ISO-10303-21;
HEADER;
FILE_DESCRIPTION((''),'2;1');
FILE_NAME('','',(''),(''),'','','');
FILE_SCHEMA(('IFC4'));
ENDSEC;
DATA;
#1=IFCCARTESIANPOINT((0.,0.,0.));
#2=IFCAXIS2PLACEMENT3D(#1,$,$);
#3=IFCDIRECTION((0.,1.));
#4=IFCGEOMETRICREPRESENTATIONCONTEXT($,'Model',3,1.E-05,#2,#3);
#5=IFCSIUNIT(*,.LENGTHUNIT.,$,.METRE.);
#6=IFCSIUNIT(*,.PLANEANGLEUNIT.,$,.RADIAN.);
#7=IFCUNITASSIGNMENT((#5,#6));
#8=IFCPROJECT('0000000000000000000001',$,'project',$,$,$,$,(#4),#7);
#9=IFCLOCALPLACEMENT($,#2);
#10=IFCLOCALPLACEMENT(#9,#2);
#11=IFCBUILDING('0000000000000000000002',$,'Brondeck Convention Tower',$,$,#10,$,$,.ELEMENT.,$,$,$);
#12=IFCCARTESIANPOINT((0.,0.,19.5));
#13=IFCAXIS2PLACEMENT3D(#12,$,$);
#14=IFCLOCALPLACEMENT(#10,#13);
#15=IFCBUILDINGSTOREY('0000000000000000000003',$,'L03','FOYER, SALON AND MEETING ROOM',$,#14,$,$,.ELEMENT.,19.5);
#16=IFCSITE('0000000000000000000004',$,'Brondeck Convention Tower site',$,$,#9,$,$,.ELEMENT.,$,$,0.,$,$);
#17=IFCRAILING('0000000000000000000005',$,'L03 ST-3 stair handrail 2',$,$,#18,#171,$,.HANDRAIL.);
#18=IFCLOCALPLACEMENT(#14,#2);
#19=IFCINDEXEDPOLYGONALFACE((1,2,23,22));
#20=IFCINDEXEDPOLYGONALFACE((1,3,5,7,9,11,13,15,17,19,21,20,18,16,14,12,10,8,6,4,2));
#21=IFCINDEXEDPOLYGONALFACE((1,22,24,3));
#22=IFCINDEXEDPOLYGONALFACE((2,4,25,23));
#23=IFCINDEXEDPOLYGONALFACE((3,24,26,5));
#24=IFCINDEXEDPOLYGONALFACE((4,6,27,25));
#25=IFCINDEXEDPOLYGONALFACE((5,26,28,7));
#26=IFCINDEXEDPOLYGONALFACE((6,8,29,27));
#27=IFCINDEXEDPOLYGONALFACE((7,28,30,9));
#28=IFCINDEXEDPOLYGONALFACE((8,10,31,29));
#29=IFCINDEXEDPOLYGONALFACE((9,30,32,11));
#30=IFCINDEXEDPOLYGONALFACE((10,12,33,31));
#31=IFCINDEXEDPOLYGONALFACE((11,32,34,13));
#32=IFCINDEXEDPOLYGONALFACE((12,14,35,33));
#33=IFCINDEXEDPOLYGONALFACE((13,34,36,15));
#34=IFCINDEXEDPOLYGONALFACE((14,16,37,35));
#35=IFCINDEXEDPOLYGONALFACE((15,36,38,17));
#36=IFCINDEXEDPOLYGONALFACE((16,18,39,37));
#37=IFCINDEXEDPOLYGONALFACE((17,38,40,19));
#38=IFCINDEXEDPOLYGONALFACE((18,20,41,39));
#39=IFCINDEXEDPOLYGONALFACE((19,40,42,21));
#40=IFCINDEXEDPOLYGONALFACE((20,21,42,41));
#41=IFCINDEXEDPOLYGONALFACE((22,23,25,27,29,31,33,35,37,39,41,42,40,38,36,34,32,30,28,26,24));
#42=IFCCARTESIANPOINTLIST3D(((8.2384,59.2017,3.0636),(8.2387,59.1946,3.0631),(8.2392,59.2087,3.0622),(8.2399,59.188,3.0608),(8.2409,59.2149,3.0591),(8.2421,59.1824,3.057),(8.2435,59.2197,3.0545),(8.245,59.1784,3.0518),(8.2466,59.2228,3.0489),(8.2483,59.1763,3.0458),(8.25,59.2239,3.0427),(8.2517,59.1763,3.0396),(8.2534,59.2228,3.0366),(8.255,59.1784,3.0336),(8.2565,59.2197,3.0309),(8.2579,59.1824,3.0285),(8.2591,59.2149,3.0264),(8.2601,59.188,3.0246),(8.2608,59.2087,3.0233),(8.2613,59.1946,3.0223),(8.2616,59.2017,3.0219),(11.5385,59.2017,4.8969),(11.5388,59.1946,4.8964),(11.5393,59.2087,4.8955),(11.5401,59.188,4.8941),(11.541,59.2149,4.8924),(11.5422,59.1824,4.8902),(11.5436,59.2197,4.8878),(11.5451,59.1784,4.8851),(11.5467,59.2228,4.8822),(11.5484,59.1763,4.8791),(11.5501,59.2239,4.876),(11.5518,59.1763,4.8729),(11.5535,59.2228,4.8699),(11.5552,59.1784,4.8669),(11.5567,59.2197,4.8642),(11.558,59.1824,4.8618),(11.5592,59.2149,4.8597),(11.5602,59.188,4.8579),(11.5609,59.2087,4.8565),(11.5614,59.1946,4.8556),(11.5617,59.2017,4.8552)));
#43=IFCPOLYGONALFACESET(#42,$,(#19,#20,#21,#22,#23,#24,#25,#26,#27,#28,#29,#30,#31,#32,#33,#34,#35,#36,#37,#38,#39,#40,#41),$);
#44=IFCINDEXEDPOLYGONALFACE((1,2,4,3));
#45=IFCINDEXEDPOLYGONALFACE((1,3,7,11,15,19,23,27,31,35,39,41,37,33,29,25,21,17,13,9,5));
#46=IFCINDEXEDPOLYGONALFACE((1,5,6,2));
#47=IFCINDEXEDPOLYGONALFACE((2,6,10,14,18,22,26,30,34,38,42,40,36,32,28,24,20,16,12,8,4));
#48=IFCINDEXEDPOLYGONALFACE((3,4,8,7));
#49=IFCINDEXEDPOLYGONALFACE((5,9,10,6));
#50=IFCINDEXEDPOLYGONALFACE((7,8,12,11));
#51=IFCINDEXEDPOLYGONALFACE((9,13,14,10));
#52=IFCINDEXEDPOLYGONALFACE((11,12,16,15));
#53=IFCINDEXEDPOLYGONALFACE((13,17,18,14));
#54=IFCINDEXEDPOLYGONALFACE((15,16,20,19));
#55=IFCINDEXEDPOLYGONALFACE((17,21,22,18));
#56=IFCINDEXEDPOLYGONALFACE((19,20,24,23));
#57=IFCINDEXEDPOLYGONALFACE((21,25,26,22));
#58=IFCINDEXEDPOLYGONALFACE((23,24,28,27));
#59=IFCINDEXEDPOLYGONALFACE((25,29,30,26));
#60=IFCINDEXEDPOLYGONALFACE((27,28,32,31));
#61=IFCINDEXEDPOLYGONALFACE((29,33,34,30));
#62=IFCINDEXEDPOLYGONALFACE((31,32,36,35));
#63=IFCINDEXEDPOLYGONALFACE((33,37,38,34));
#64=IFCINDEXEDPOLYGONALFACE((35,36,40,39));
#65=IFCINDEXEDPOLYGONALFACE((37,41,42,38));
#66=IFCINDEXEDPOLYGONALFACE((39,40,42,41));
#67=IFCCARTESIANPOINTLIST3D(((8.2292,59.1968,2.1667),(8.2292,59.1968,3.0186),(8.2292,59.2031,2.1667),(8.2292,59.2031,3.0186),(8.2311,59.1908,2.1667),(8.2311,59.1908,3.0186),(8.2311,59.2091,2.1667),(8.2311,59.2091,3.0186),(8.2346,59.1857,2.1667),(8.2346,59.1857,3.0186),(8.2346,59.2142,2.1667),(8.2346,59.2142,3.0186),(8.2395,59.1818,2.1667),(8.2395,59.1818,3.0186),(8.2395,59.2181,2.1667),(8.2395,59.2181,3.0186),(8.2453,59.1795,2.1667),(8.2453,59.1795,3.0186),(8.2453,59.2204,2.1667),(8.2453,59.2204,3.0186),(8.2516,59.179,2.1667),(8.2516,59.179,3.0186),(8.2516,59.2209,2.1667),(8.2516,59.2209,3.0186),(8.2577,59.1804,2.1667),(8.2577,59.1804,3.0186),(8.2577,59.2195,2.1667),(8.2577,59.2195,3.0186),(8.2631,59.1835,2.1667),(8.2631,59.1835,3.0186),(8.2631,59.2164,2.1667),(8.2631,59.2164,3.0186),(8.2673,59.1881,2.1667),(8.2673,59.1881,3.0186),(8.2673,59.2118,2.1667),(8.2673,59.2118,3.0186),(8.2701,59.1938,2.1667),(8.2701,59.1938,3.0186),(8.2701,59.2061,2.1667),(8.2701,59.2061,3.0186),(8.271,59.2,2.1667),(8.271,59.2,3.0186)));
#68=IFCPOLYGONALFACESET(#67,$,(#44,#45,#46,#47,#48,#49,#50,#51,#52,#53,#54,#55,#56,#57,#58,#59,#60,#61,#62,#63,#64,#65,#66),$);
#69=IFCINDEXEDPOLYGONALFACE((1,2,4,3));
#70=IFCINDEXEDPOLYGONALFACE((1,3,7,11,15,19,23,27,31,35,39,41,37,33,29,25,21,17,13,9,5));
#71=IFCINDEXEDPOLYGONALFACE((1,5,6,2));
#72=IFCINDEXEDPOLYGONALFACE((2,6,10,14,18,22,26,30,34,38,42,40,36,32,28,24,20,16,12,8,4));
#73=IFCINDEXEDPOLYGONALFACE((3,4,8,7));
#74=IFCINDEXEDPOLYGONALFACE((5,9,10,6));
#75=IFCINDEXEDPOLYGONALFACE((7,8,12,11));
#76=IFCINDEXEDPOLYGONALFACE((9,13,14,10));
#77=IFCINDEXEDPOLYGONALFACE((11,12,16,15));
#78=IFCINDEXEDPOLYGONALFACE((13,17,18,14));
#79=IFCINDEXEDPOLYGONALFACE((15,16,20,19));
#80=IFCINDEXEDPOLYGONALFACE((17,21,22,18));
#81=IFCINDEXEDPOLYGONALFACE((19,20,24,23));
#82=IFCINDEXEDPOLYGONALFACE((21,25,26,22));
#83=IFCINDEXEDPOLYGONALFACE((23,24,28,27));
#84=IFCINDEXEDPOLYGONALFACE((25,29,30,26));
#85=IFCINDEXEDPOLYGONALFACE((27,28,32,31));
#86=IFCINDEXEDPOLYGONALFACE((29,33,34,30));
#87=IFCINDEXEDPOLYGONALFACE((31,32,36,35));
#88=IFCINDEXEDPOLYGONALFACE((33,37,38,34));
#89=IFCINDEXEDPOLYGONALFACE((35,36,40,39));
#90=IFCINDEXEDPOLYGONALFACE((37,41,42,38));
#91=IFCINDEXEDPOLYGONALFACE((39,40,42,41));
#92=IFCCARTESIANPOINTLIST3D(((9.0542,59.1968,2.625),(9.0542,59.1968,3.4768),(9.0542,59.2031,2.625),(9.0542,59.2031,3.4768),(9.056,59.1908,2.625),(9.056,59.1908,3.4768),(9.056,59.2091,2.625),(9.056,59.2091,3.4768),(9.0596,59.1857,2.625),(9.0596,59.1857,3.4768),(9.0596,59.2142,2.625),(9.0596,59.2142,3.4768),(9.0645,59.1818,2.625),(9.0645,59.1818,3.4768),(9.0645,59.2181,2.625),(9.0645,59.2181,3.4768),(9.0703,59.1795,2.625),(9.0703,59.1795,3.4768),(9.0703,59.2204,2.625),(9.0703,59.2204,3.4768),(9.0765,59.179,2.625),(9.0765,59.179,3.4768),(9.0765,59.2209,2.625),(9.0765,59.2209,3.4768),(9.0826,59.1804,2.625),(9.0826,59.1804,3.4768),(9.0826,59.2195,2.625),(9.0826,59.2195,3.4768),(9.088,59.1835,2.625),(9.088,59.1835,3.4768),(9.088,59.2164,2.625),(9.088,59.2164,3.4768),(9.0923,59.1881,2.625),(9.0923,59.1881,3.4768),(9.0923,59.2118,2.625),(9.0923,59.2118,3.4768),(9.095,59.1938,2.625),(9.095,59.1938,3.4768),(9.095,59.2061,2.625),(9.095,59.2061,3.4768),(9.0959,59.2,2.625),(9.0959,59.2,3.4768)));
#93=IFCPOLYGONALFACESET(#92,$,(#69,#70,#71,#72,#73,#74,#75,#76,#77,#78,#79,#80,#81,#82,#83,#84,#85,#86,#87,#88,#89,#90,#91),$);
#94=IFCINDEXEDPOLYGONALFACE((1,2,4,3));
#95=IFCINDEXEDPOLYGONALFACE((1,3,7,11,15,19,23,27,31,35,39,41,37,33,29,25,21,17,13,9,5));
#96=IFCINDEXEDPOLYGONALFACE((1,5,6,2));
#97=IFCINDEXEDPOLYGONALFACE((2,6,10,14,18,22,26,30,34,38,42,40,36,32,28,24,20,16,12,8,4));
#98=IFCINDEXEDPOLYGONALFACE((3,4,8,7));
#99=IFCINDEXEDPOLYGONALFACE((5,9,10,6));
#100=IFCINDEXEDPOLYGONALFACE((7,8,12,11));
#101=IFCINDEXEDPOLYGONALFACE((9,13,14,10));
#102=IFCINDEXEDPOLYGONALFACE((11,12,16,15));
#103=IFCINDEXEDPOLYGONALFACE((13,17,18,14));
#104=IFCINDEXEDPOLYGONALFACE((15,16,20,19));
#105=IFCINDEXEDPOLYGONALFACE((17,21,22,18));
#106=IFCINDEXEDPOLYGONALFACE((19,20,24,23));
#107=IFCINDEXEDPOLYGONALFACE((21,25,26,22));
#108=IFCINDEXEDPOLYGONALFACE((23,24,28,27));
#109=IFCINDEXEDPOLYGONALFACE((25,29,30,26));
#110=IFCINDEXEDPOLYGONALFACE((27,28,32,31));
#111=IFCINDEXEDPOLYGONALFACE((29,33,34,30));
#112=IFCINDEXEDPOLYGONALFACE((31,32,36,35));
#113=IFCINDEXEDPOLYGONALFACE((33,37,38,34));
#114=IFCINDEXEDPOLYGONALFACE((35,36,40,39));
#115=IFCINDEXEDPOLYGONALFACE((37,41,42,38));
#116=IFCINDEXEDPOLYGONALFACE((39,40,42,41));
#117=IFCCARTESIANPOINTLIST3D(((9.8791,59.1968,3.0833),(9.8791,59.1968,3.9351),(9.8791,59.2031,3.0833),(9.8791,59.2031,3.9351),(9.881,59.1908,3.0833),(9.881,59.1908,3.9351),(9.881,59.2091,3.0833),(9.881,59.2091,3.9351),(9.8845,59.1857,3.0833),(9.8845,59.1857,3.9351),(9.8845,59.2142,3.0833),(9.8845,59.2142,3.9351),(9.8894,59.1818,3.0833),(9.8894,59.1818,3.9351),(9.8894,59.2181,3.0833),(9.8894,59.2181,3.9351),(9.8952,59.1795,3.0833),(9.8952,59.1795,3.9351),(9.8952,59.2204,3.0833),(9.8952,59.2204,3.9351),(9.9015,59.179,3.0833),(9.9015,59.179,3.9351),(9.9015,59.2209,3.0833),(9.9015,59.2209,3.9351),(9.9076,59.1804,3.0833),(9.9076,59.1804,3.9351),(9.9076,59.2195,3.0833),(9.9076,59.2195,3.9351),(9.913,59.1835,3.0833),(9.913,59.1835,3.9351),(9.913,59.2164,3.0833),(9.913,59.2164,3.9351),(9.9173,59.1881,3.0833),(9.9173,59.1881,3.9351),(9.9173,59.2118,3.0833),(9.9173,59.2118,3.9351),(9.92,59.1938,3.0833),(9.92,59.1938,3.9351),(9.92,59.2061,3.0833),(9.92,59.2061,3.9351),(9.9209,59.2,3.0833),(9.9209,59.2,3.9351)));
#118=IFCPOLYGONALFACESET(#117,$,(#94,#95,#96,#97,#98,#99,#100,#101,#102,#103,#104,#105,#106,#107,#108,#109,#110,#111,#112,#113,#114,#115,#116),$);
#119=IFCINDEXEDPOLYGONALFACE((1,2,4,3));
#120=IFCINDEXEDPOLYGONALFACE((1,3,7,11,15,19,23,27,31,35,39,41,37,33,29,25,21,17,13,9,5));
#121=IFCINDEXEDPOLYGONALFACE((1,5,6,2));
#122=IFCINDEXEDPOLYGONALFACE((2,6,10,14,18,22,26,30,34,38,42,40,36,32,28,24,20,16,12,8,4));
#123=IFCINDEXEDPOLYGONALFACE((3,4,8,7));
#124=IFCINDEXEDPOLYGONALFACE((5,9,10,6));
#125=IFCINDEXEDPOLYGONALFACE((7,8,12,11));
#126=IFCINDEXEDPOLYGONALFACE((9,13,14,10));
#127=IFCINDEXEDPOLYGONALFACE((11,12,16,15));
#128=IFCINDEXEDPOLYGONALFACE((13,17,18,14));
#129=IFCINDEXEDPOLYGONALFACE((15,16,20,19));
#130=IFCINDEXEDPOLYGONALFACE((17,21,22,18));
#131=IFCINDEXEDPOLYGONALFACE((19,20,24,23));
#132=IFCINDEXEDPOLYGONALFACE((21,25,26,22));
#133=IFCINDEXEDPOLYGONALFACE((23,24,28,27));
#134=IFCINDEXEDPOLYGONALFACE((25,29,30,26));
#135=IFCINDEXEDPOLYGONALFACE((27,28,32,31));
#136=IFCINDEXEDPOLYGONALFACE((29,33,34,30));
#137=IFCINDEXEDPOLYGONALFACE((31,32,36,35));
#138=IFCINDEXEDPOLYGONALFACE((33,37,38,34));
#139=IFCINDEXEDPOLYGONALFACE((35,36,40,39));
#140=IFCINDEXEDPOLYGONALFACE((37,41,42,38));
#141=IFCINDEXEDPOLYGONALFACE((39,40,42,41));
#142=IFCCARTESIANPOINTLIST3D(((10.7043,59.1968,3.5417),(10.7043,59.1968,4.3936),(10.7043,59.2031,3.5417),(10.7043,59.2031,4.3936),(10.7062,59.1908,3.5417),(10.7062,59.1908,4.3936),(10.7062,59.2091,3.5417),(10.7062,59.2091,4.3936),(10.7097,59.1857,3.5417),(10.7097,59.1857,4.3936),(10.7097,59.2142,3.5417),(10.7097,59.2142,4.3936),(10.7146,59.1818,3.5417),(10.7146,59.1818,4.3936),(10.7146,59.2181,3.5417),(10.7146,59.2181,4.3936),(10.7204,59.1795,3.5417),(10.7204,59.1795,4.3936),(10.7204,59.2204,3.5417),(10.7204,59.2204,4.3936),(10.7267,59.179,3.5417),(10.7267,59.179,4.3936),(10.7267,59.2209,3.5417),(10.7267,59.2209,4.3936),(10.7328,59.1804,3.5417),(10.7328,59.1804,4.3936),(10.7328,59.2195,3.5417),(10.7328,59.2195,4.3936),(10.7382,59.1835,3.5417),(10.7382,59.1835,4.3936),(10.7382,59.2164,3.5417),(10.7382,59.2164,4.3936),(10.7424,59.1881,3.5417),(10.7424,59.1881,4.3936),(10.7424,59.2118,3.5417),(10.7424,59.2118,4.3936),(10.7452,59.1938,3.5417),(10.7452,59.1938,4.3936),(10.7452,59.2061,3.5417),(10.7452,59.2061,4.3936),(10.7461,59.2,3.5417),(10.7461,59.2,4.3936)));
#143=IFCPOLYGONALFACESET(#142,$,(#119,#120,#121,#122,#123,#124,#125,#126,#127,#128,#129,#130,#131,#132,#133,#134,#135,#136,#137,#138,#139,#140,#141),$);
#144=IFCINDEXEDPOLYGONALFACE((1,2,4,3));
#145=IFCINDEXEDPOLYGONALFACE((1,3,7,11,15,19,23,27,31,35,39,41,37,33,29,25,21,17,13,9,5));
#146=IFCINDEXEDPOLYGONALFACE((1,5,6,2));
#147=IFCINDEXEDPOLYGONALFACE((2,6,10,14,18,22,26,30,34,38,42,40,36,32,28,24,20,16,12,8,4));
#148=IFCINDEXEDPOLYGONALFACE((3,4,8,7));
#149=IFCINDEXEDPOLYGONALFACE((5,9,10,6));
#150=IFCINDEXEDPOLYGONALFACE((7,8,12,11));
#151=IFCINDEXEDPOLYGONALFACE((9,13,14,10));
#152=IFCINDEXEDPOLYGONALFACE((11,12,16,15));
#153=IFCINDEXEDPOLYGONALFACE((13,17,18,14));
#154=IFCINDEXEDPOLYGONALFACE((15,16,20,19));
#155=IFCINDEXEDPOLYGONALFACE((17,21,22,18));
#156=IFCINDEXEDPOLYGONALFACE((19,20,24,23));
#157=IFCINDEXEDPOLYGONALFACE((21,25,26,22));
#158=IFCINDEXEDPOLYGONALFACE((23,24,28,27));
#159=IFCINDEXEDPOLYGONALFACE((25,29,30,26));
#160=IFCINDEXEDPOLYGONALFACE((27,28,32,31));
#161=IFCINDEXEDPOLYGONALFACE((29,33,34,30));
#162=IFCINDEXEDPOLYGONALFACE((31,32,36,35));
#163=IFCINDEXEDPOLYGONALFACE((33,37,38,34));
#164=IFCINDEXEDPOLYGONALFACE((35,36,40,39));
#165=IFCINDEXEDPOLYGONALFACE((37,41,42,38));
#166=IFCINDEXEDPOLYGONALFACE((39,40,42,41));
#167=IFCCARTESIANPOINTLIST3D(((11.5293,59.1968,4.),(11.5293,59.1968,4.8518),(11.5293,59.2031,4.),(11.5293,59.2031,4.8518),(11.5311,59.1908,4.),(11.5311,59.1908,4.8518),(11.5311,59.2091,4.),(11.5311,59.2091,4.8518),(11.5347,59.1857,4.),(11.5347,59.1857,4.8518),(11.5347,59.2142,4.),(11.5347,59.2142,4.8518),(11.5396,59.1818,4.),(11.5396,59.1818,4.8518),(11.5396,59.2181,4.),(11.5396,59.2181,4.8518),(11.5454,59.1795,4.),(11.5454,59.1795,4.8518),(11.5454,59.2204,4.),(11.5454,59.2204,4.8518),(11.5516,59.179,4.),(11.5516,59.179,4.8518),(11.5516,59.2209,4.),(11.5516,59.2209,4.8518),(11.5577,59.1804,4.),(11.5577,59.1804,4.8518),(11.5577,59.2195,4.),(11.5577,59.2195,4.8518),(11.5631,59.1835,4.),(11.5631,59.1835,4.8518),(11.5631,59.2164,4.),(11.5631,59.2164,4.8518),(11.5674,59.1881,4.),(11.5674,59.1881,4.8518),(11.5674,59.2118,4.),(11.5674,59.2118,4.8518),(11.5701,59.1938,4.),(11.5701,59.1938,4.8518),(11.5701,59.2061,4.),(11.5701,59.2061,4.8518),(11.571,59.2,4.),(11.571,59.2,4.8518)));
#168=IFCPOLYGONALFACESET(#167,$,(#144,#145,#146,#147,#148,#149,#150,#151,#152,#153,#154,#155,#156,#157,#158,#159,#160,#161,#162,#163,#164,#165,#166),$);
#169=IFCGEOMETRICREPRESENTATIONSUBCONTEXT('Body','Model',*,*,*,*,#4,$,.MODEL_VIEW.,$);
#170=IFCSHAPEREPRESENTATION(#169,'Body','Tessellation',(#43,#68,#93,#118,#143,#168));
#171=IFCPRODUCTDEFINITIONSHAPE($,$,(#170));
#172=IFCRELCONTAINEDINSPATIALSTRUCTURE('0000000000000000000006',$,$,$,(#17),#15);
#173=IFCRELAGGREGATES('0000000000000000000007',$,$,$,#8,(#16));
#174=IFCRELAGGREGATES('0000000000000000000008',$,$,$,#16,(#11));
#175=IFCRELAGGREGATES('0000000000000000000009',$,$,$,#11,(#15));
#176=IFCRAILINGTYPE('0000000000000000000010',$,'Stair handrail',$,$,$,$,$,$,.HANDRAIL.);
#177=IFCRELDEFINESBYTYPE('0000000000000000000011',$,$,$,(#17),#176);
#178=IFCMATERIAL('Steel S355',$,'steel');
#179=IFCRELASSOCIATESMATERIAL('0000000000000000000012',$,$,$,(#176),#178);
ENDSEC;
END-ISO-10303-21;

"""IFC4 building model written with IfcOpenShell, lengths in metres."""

from ifc_helpers import new_model, si_unit, direction, frame, origin, origin_2d, place, context, subcontext, project, spatial, circle, extrude, material, type_object, element, save


model = new_model("IFC4")

# Units and contexts
model_context = context("Model", 3, precision=1e-05, world=origin(), true_north=direction((0.0, 1.0)))
body_context = subcontext(model_context, "Body", "Model", "MODEL_VIEW")
ifc_project = project(units=[si_unit("LENGTHUNIT", "METRE"), si_unit("PLANEANGLEUNIT", "RADIAN")], contexts=[model_context])

# Site, building, storey
site_placement = place(None, origin())
site = spatial("IfcSite", under=ifc_project, at=site_placement, Name="Brondeck Convention Tower site", CompositionType="ELEMENT", RefElevation=0.0)
building_placement = place(site_placement, origin())
building = spatial("IfcBuilding", under=site, at=building_placement, Name="Brondeck Convention Tower", CompositionType="ELEMENT")
storey_placement = place(building_placement, frame((0.0, 0.0, 19.5)))
storey = spatial("IfcBuildingStorey", under=building, at=storey_placement, Name="L03", Description="FOYER, SALON AND MEETING ROOM", CompositionType="ELEMENT", Elevation=19.5)

# Shared definitions
ifc_material_1 = material(Name="Steel S355", Category="steel")

# Railing
railing_type_1 = type_object("IfcRailingType", Name="Stair handrail", PredefinedType="HANDRAIL", material=ifc_material_1)
railing_1_placement = place(storey_placement, frame((8.25, 59.2, 2.1667)))
element("IfcRailing", 1, at=railing_1_placement, inside=storey, type_object=railing_type_1, Name="L03 ST-3 stair handrail 2", PredefinedType="HANDRAIL", context=body_context, shape_type="SweptSolid", body=[
    extrude(circle(Radius=0.0239, at=origin_2d()), frame((0.0, 0.0, 0.876), z_axis=(0.874169, 0.0, 0.485621), x_axis=(0.0, 1.0, 0.0)), (0.0, 0.0, 1.0), 3.7751),
    extrude(circle(Radius=0.021, at=origin_2d()), origin(), (0.0, 0.0, 1.0), 0.8518),
    extrude(circle(Radius=0.021, at=origin_2d()), frame((0.825, 0.0, 0.4583)), (0.0, 0.0, 1.0), 0.8518),
    extrude(circle(Radius=0.021, at=origin_2d()), frame((1.6499, 0.0, 0.9165)), (0.0, 0.0, 1.0), 0.8518),
    extrude(circle(Radius=0.021, at=origin_2d()), frame((2.4751, 0.0, 1.375)), (0.0, 0.0, 1.0), 0.8518),
    extrude(circle(Radius=0.021, at=origin_2d()), frame((3.3, 0.0, 1.8333)), (0.0, 0.0, 1.0), 0.8518),
])

save(model, "model.ifc")
